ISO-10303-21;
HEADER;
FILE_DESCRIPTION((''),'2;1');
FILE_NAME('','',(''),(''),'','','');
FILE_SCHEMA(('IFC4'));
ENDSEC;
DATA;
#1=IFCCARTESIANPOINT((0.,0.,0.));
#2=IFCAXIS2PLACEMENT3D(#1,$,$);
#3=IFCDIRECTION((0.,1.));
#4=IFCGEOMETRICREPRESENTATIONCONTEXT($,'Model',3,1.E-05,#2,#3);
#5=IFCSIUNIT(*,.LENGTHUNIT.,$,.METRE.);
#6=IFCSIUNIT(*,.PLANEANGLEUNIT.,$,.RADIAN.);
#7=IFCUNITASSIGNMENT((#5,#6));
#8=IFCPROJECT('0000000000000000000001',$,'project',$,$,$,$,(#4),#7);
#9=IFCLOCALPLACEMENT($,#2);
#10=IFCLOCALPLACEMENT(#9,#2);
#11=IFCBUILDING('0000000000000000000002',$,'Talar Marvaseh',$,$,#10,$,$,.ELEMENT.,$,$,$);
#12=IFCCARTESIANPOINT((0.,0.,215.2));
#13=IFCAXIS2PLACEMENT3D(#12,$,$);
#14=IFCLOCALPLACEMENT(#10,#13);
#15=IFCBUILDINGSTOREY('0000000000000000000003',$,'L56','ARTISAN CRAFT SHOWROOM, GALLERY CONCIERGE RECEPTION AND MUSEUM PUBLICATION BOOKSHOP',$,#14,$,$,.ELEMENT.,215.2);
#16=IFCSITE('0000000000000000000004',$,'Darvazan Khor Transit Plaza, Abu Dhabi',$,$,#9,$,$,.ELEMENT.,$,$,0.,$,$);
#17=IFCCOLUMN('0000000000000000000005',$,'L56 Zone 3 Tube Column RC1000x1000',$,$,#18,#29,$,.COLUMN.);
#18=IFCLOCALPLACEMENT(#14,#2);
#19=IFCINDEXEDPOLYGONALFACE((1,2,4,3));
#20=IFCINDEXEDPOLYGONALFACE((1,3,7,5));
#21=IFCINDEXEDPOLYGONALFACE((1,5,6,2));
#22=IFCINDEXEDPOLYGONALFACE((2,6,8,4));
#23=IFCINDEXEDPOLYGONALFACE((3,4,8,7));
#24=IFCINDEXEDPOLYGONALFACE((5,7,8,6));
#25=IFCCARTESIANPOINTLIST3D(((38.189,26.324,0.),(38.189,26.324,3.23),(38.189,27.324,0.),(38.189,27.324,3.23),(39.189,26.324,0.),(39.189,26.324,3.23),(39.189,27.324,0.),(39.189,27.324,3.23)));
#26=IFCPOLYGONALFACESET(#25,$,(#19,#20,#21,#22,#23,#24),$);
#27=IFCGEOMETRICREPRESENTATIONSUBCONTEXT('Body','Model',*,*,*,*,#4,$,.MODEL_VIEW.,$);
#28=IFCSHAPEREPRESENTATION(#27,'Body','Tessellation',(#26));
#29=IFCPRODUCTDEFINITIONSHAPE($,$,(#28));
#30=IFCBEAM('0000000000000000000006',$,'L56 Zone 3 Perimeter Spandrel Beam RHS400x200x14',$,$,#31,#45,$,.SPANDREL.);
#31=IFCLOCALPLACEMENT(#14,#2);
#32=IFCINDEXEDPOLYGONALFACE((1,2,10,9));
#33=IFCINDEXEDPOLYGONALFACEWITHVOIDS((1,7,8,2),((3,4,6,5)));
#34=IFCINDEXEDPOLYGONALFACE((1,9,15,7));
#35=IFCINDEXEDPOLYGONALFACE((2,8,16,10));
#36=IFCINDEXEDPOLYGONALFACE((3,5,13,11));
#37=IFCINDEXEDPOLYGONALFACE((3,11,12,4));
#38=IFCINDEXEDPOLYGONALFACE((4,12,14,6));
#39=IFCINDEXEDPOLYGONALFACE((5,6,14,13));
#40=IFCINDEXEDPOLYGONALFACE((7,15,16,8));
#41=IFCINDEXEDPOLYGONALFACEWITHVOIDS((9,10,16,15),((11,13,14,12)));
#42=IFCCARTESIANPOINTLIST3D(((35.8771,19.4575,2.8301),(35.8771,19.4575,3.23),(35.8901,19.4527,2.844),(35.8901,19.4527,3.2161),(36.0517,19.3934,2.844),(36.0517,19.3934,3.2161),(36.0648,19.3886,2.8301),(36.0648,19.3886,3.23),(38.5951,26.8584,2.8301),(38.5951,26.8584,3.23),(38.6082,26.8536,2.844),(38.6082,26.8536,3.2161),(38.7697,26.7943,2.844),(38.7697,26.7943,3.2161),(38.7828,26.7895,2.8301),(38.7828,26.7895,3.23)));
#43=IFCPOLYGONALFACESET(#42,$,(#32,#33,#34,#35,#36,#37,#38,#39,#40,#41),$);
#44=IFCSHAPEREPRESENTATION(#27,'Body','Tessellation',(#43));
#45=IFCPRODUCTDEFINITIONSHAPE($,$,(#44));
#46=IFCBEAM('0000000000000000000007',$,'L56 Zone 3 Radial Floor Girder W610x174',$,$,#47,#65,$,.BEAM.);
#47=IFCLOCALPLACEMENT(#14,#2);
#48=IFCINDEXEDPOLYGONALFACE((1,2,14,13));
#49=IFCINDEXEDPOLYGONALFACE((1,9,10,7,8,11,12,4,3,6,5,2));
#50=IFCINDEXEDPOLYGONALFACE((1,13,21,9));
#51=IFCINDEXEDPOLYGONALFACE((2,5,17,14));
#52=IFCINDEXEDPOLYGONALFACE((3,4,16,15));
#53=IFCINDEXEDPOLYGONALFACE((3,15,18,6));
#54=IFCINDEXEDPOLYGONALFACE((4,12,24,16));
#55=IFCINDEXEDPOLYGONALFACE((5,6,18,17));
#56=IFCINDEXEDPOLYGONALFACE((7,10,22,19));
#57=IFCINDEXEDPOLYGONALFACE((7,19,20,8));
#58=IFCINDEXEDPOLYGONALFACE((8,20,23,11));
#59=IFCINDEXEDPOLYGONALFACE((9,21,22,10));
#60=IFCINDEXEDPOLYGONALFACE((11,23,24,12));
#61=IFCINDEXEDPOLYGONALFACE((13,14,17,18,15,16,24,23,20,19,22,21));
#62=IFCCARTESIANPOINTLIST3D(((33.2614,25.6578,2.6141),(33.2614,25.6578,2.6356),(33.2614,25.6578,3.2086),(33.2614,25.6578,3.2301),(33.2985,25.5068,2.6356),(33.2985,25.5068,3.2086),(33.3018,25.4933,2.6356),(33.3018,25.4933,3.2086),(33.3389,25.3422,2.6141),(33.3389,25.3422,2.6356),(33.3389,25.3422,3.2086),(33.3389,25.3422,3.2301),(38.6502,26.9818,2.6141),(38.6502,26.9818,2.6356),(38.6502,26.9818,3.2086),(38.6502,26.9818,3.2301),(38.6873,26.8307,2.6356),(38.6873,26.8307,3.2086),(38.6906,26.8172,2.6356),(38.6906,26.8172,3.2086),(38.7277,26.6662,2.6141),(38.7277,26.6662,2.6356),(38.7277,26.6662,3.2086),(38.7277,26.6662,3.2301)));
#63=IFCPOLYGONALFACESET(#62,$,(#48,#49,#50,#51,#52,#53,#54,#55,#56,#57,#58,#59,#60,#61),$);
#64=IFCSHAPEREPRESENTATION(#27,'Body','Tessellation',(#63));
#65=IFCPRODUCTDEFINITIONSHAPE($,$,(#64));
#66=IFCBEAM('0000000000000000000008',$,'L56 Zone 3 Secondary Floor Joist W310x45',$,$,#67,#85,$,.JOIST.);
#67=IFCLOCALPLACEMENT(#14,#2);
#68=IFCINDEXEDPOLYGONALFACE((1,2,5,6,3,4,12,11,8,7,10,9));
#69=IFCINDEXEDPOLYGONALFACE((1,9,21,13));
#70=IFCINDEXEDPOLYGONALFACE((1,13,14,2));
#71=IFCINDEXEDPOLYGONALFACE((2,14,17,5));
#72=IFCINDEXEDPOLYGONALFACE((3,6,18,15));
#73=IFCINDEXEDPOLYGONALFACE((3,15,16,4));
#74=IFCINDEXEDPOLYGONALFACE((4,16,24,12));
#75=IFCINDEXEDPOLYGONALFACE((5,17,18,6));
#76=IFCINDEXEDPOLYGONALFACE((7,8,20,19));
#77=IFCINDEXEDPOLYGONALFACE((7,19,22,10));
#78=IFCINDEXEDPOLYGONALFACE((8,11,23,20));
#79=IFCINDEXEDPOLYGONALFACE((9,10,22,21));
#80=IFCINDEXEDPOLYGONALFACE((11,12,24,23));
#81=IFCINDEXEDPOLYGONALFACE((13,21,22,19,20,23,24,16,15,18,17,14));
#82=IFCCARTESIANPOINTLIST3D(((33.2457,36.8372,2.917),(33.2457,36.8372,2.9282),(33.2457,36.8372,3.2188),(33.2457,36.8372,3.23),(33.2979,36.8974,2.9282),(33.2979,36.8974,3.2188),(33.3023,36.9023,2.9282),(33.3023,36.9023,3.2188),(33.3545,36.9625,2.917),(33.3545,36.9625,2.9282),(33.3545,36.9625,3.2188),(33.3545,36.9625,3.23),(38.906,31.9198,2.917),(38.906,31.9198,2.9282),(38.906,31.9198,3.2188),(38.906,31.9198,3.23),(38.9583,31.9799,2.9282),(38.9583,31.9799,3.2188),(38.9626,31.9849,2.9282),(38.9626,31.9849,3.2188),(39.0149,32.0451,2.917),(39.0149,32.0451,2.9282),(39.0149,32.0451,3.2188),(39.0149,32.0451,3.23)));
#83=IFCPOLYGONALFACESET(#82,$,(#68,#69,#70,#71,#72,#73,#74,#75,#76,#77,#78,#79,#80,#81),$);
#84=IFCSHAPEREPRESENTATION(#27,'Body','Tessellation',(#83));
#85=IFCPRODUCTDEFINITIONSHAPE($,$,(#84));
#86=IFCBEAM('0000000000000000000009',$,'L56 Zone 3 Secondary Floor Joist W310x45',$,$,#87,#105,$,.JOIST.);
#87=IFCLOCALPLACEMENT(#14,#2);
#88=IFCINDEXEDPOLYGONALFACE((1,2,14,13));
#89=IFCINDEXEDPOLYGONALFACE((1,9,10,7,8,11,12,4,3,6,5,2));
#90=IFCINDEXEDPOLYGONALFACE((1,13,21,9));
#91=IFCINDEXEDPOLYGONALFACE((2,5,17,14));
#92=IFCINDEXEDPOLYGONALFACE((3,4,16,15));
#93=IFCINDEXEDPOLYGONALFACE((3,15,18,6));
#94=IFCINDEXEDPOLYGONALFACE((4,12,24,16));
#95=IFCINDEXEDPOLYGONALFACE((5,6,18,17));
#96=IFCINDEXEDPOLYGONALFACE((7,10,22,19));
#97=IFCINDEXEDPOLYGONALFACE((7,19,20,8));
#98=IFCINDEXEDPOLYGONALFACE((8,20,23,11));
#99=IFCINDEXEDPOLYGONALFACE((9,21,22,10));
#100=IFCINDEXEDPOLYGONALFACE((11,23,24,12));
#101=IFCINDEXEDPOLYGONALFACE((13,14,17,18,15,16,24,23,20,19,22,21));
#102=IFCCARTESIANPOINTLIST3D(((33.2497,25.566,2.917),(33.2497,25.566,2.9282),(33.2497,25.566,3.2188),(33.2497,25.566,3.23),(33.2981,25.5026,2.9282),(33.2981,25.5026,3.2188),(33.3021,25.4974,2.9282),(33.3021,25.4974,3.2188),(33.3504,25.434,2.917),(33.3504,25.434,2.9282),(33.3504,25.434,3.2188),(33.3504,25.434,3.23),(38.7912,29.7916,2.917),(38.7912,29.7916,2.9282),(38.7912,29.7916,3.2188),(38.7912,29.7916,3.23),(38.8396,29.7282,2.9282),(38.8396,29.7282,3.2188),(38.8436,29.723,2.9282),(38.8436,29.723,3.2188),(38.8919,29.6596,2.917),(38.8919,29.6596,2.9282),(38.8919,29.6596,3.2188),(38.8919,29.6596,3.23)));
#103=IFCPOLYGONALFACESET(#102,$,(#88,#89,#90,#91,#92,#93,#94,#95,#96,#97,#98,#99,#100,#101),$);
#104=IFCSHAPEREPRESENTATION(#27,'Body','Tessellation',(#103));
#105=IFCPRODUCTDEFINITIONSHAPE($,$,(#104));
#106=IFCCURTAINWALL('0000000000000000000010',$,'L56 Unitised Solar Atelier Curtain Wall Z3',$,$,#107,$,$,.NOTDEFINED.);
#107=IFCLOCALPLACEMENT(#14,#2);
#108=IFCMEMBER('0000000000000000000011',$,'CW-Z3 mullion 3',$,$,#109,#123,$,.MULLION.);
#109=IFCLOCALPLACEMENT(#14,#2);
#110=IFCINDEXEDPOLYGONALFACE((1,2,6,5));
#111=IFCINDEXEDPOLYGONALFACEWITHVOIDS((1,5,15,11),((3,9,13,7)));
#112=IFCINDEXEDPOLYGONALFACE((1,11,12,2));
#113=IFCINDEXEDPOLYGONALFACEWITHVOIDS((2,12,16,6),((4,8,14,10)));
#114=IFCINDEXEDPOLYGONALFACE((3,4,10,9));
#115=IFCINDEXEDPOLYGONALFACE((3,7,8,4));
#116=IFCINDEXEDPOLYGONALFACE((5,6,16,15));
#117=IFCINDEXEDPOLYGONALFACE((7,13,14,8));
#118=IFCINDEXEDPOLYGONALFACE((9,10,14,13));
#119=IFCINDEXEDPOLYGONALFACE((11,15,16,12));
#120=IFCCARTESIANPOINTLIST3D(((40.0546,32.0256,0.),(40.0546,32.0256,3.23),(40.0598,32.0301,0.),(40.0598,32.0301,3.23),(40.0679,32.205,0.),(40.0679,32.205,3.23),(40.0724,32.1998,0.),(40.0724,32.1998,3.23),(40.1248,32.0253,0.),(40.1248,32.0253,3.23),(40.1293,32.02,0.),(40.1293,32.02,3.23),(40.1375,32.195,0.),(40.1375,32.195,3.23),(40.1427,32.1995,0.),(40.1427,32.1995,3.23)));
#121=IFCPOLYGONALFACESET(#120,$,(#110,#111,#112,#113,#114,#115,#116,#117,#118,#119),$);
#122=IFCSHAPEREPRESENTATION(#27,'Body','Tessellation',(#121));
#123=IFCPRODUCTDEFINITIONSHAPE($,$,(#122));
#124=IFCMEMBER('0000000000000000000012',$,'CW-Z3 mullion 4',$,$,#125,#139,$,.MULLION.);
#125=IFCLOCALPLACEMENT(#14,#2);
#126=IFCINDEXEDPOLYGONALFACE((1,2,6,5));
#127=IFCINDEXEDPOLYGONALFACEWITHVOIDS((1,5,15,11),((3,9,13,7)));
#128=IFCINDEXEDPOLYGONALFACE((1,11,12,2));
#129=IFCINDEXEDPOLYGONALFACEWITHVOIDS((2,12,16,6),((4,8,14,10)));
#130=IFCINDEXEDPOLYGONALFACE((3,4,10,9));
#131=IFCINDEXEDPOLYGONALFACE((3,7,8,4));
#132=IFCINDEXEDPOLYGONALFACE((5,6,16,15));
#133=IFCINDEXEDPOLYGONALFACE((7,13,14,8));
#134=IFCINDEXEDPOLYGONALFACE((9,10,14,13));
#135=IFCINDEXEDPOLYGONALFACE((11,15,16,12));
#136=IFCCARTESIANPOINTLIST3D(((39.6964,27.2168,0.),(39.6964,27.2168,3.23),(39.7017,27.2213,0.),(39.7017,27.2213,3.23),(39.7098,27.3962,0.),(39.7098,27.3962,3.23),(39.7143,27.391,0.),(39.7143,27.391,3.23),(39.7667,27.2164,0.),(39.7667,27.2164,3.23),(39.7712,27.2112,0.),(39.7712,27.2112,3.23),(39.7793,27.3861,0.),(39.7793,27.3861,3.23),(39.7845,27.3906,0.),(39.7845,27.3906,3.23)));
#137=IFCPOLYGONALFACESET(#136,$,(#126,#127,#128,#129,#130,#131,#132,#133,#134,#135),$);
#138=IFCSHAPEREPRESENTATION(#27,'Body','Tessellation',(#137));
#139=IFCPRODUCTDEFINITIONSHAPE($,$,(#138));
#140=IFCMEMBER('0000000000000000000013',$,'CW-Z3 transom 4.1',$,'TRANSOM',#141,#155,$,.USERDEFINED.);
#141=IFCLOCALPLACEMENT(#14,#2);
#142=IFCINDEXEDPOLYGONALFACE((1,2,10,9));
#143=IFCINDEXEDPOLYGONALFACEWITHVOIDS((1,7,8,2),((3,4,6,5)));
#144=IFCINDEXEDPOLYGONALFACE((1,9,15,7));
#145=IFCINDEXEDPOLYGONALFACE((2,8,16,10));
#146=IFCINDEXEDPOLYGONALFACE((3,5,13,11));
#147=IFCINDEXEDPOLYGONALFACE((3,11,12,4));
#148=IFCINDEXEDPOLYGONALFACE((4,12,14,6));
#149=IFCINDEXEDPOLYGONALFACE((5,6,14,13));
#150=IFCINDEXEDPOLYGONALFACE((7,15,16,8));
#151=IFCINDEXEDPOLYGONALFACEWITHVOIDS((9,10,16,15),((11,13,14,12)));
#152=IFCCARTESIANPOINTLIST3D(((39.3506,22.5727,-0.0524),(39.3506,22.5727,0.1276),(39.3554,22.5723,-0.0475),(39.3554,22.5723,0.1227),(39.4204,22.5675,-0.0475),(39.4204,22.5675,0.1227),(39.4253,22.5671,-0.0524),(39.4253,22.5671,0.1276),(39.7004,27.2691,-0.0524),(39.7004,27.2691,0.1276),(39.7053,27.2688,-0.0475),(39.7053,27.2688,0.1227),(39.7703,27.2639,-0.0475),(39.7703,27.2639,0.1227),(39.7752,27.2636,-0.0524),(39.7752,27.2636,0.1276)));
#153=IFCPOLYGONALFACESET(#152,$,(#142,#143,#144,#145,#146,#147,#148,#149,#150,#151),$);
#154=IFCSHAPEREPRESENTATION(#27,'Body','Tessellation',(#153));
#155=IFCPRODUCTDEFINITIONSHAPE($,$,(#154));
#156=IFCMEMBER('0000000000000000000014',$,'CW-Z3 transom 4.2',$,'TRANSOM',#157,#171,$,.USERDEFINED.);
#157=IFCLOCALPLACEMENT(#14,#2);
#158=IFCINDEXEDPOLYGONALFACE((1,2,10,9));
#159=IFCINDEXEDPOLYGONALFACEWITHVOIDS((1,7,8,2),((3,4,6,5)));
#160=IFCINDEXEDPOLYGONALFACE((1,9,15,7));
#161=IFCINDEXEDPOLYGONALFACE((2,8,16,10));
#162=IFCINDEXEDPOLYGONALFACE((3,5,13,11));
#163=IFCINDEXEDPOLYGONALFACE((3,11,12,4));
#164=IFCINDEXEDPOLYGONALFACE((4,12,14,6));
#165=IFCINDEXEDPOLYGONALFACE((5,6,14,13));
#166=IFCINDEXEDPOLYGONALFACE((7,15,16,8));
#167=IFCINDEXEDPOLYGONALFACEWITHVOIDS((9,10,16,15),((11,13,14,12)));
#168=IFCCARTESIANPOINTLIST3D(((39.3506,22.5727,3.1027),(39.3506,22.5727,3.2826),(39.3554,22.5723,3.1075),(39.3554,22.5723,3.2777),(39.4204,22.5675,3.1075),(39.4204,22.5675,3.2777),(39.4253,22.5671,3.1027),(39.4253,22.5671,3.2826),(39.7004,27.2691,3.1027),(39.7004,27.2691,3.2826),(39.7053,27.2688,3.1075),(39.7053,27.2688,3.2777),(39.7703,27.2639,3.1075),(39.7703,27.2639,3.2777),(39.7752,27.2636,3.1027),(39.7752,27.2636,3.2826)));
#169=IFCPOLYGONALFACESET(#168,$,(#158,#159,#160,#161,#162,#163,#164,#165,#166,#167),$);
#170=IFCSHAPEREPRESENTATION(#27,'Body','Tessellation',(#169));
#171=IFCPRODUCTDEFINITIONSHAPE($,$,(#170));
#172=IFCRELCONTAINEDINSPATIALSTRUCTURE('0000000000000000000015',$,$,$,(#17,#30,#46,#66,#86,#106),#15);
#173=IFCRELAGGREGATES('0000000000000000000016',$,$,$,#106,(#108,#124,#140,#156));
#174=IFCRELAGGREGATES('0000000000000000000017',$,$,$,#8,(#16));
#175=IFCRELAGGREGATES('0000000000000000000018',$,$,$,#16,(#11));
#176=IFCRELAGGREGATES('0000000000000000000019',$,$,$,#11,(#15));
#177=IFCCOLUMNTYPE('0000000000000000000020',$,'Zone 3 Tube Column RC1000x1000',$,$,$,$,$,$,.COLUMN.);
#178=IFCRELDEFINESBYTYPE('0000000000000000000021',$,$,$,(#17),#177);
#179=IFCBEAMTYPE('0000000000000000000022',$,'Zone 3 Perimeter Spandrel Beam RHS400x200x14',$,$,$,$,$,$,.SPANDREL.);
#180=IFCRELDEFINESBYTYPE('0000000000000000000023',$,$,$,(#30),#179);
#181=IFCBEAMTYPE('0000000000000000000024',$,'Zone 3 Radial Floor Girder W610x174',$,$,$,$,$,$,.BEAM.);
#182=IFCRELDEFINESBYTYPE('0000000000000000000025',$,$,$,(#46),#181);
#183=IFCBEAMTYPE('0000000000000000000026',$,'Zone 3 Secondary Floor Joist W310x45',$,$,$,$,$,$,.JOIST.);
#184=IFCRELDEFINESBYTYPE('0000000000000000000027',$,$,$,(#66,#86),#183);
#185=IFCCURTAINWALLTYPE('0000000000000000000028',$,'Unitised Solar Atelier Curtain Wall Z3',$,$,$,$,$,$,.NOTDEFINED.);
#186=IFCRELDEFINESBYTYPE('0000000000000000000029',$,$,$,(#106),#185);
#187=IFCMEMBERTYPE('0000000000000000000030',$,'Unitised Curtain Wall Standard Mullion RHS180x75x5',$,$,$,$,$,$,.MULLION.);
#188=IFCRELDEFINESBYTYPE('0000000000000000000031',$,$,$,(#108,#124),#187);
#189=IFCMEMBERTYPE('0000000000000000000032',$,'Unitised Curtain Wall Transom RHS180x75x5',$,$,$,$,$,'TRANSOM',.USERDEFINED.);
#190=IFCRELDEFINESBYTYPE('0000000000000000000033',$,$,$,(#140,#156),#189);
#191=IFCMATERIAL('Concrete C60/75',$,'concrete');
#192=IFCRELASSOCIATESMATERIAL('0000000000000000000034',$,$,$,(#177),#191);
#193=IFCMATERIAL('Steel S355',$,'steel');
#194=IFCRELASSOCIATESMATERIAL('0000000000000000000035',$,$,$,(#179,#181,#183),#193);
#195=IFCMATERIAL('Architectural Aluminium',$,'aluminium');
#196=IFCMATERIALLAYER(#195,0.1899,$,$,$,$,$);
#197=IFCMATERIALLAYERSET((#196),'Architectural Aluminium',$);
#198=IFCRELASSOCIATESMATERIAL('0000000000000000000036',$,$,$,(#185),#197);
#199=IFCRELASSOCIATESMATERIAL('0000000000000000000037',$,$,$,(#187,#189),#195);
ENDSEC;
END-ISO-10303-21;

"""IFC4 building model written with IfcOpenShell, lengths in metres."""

from ifc_helpers import new_model, si_unit, direction, frame, origin, origin_2d, place, context, subcontext, project, spatial, rectangle, hollow_rectangle, i_section, extrude, source, transform, mapped, material, layer, layer_set, material_profile, profile_set, type_object, type_shapes, element, aggregate, save


model = new_model("IFC4")

# Units and contexts
model_context = context("Model", 3, precision=1e-05, world=origin(), true_north=direction((0.0, 1.0)))
body_context = subcontext(model_context, "Body", "Model", "MODEL_VIEW")
ifc_project = project(units=[si_unit("LENGTHUNIT", "METRE"), si_unit("PLANEANGLEUNIT", "RADIAN")], contexts=[model_context])

# Site, building, storey
site_placement = place(None, origin())
site = spatial("IfcSite", under=ifc_project, at=site_placement, Name="Darvazan Khor Transit Plaza, Abu Dhabi", CompositionType="ELEMENT", RefElevation=0.0)
building_placement = place(site_placement, origin())
building = spatial("IfcBuilding", under=site, at=building_placement, Name="Talar Marvaseh", CompositionType="ELEMENT")
storey_placement = place(building_placement, frame((0.0, 0.0, 215.2)))
storey = spatial("IfcBuildingStorey", under=building, at=storey_placement, Name="L56", Description="ARTISAN CRAFT SHOWROOM, GALLERY CONCIERGE RECEPTION AND MUSEUM PUBLICATION BOOKSHOP", CompositionType="ELEMENT", Elevation=215.2)

# Column
ifc_material_1 = material(Name="Concrete C60/75", Category="concrete")
ifc_material_profile_1 = material_profile(ifc_material_1, rectangle(XDim=1.0, YDim=1.0, at=origin_2d()), Name="RC1000x1000")
ifc_profile_set_1 = profile_set([ifc_material_profile_1], Name="Concrete C60/75")
column_type = type_object("IfcColumnType", Name="Zone 3 Tube Column RC1000x1000", PredefinedType="COLUMN", material=ifc_profile_set_1)
column_placement = place(storey_placement, frame((38.689, 26.824, 0.0), z_axis=(0.0, 0.0, 1.0), x_axis=(1.0, 0.0, 0.0)))
element("IfcColumn", 1, at=column_placement, inside=storey, type_object=column_type, Name="L56 Zone 3 Tube Column RC1000x1000", PredefinedType="COLUMN", context=body_context, shape_type="SweptSolid", body=[
    extrude(rectangle(XDim=1.0, YDim=1.0, at=origin_2d()), origin(), (0.0, 0.0, 1.0), 3.23),
])

# Beams
ifc_material_2 = material(Name="Steel S355", Category="steel")
ifc_material_profile_2 = material_profile(ifc_material_2, hollow_rectangle(XDim=0.2, YDim=0.3999, WallThickness=0.0139, at=origin_2d()), Name="RHS400x200x14")
ifc_profile_set_2 = profile_set([ifc_material_profile_2], Name="Steel S355")
beam_type_1 = type_object("IfcBeamType", Name="Zone 3 Perimeter Spandrel Beam RHS400x200x14", PredefinedType="SPANDREL", material=ifc_profile_set_2)
beam_1_placement = place(storey_placement, frame((38.689, 26.824, 3.03), z_axis=(-0.344742, -0.938697, 0.0), x_axis=(0.938697, -0.344742, 0.0)))
element("IfcBeam", 2, at=beam_1_placement, inside=storey, type_object=beam_type_1, Name="L56 Zone 3 Perimeter Spandrel Beam RHS400x200x14", PredefinedType="SPANDREL", context=body_context, shape_type="SweptSolid", body=[
    extrude(hollow_rectangle(XDim=0.2, YDim=0.3999, WallThickness=0.0139, at=origin_2d()), origin(), (0.0, 0.0, 1.0), 7.8843),
])
ifc_material_profile_3 = material_profile(ifc_material_2, i_section(OverallWidth=0.325, OverallDepth=0.616, WebThickness=0.0139, FlangeThickness=0.0215, at=origin_2d()), Name="W610x174")
ifc_profile_set_3 = profile_set([ifc_material_profile_3], Name="Steel S355")
beam_type_2 = type_object("IfcBeamType", Name="Zone 3 Radial Floor Girder W610x174", PredefinedType="BEAM", material=ifc_profile_set_3)
beam_2_placement = place(storey_placement, frame((38.689, 26.824, 2.9221), z_axis=(-0.971121, -0.23859, 0.0), x_axis=(0.23859, -0.971121, 0.0)))
element("IfcBeam", 3, at=beam_2_placement, inside=storey, type_object=beam_type_2, Name="L56 Zone 3 Radial Floor Girder W610x174", PredefinedType="BEAM", context=body_context, shape_type="SweptSolid", body=[
    extrude(i_section(OverallWidth=0.325, OverallDepth=0.616, WebThickness=0.0139, FlangeThickness=0.0215, at=origin_2d()), origin(), (0.0, 0.0, 1.0), 5.5491),
])
ifc_material_profile_4 = material_profile(ifc_material_2, i_section(OverallWidth=0.166, OverallDepth=0.313, WebThickness=0.0066, FlangeThickness=0.0112, at=origin_2d()), Name="W310x45")
ifc_profile_set_4 = profile_set([ifc_material_profile_4], Name="Steel S355")
beam_type_3 = type_object("IfcBeamType", Name="Zone 3 Secondary Floor Joist W310x45", PredefinedType="JOIST", material=ifc_profile_set_4)
beam_3_placement = place(storey_placement, frame((38.9604, 31.9824, 3.0735), z_axis=(-0.75491, 0.655829, 0.0), x_axis=(-0.655829, -0.75491, 0.0)))
element("IfcBeam", 4, at=beam_3_placement, inside=storey, type_object=beam_type_3, Name="L56 Zone 3 Secondary Floor Joist W310x45", PredefinedType="JOIST", context=body_context, shape_type="SweptSolid", body=[
    extrude(i_section(OverallWidth=0.166, OverallDepth=0.313, WebThickness=0.0066, FlangeThickness=0.0112, at=origin_2d()), origin(), (0.0, 0.0, 1.0), 7.498),
])
beam_4_placement = place(storey_placement, frame((38.8416, 29.7256, 3.0735), z_axis=(-0.79519, -0.60636, 0.0), x_axis=(0.60636, -0.79519, 0.0)))
element("IfcBeam", 5, at=beam_4_placement, inside=storey, type_object=beam_type_3, Name="L56 Zone 3 Secondary Floor Joist W310x45", PredefinedType="JOIST", context=body_context, shape_type="SweptSolid", body=[
    extrude(i_section(OverallWidth=0.166, OverallDepth=0.313, WebThickness=0.0066, FlangeThickness=0.0112, at=origin_2d()), origin(), (0.0, 0.0, 1.0), 6.9688),
])

# Curtain wall, members
ifc_material_3 = material(Name="Architectural Aluminium", Category="aluminium")
ifc_layer_1 = layer(ifc_material_3, 0.1899)
ifc_layer_set_1 = layer_set([ifc_layer_1], Name="Architectural Aluminium")
curtain_wall_type = type_object("IfcCurtainWallType", Name="Unitised Solar Atelier Curtain Wall Z3", PredefinedType="NOTDEFINED", material=ifc_layer_set_1)
curtain_wall_placement = place(storey_placement, origin())
curtain_wall = element("IfcCurtainWall", 6, at=curtain_wall_placement, inside=storey, type_object=curtain_wall_type, Name="L56 Unitised Solar Atelier Curtain Wall Z3", PredefinedType="NOTDEFINED")
ifc_material_profile_5 = material_profile(ifc_material_3, hollow_rectangle(XDim=0.075, YDim=0.1799, WallThickness=0.0049, at=origin_2d()), Name="RHS180x75x5")
ifc_profile_set_5 = profile_set([ifc_material_profile_5], Name="Architectural Aluminium")
member_type_1 = type_object("IfcMemberType", Name="Unitised Curtain Wall Standard Mullion RHS180x75x5", PredefinedType="MULLION", material=ifc_profile_set_5)
shared_shape_1 = source(origin(), body_context, "Body", "SweptSolid", [
    extrude(hollow_rectangle(XDim=0.075, YDim=0.1799, WallThickness=0.0049, at=origin_2d()), origin(), (0.0, 0.0, 1.0), 3.23),
])
type_shapes(member_type_1, [shared_shape_1])
member_1_placement = place(storey_placement, frame((40.0986, 32.1125, 0.0), z_axis=(0.0, 0.0, 1.0), x_axis=(0.997239, -0.074263, 0.0)))
member_1 = element("IfcMember", 7, at=member_1_placement, type_object=member_type_1, Name="CW-Z3 mullion 3", PredefinedType="MULLION", context=body_context, shape_type="MappedRepresentation", body=[
    mapped(shared_shape_1, transform((0.0, 0.0, 0.0), x_axis=(1.0, 0.0, 0.0), y_axis=(0.0, 1.0, 0.0), z_axis=(0.0, 0.0, 1.0), scale=1.0)),
])
member_2_placement = place(storey_placement, frame((39.7405, 27.3037, 0.0), z_axis=(0.0, 0.0, 1.0), x_axis=(0.997239, -0.074263, 0.0)))
member_2 = element("IfcMember", 8, at=member_2_placement, type_object=member_type_1, Name="CW-Z3 mullion 4", PredefinedType="MULLION", context=body_context, shape_type="MappedRepresentation", body=[
    mapped(shared_shape_1, transform((0.0, 0.0, 0.0), x_axis=(1.0, 0.0, 0.0), y_axis=(0.0, 1.0, 0.0), z_axis=(0.0, 0.0, 1.0), scale=1.0)),
])
ifc_material_profile_6 = material_profile(ifc_material_3, hollow_rectangle(XDim=0.075, YDim=0.1799, WallThickness=0.0049, at=origin_2d()), Name="RHS180x75x5")
ifc_profile_set_6 = profile_set([ifc_material_profile_6], Name="Architectural Aluminium")
member_type_2 = type_object("IfcMemberType", Name="Unitised Curtain Wall Transom RHS180x75x5", ElementType="TRANSOM", PredefinedType="USERDEFINED", material=ifc_profile_set_6)
shared_shape_2 = source(origin(), body_context, "Body", "SweptSolid", [
    extrude(hollow_rectangle(XDim=0.075, YDim=0.1799, WallThickness=0.0049, at=origin_2d()), origin(), (0.0, 0.0, 1.0), 4.7095),
])
member_3_placement = place(storey_placement, frame((39.7378, 27.2664, 0.0376), z_axis=(-0.074286, -0.997237, 0.0), x_axis=(0.997237, -0.074286, 0.0)))
member_3 = element("IfcMember", 9, at=member_3_placement, type_object=member_type_2, Name="CW-Z3 transom 4.1", ObjectType="TRANSOM", PredefinedType="USERDEFINED", context=body_context, shape_type="MappedRepresentation", body=[
    mapped(shared_shape_2, transform((0.0, 0.0, 0.0), x_axis=(1.0, 0.0, 0.0), y_axis=(0.0, 1.0, 0.0), z_axis=(0.0, 0.0, 1.0), scale=1.0)),
])
member_4_placement = place(storey_placement, frame((39.7378, 27.2664, 3.1926), z_axis=(-0.074286, -0.997237, 0.0), x_axis=(0.997237, -0.074286, 0.0)))
member_4 = element("IfcMember", 10, at=member_4_placement, type_object=member_type_2, Name="CW-Z3 transom 4.2", ObjectType="TRANSOM", PredefinedType="USERDEFINED", context=body_context, shape_type="MappedRepresentation", body=[
    mapped(shared_shape_2, transform((0.0, 0.0, 0.0), x_axis=(1.0, 0.0, 0.0), y_axis=(0.0, 1.0, 0.0), z_axis=(0.0, 0.0, 1.0), scale=1.0)),
])
aggregate(curtain_wall, [member_1, member_2, member_3, member_4])

save(model, "model.ifc")
